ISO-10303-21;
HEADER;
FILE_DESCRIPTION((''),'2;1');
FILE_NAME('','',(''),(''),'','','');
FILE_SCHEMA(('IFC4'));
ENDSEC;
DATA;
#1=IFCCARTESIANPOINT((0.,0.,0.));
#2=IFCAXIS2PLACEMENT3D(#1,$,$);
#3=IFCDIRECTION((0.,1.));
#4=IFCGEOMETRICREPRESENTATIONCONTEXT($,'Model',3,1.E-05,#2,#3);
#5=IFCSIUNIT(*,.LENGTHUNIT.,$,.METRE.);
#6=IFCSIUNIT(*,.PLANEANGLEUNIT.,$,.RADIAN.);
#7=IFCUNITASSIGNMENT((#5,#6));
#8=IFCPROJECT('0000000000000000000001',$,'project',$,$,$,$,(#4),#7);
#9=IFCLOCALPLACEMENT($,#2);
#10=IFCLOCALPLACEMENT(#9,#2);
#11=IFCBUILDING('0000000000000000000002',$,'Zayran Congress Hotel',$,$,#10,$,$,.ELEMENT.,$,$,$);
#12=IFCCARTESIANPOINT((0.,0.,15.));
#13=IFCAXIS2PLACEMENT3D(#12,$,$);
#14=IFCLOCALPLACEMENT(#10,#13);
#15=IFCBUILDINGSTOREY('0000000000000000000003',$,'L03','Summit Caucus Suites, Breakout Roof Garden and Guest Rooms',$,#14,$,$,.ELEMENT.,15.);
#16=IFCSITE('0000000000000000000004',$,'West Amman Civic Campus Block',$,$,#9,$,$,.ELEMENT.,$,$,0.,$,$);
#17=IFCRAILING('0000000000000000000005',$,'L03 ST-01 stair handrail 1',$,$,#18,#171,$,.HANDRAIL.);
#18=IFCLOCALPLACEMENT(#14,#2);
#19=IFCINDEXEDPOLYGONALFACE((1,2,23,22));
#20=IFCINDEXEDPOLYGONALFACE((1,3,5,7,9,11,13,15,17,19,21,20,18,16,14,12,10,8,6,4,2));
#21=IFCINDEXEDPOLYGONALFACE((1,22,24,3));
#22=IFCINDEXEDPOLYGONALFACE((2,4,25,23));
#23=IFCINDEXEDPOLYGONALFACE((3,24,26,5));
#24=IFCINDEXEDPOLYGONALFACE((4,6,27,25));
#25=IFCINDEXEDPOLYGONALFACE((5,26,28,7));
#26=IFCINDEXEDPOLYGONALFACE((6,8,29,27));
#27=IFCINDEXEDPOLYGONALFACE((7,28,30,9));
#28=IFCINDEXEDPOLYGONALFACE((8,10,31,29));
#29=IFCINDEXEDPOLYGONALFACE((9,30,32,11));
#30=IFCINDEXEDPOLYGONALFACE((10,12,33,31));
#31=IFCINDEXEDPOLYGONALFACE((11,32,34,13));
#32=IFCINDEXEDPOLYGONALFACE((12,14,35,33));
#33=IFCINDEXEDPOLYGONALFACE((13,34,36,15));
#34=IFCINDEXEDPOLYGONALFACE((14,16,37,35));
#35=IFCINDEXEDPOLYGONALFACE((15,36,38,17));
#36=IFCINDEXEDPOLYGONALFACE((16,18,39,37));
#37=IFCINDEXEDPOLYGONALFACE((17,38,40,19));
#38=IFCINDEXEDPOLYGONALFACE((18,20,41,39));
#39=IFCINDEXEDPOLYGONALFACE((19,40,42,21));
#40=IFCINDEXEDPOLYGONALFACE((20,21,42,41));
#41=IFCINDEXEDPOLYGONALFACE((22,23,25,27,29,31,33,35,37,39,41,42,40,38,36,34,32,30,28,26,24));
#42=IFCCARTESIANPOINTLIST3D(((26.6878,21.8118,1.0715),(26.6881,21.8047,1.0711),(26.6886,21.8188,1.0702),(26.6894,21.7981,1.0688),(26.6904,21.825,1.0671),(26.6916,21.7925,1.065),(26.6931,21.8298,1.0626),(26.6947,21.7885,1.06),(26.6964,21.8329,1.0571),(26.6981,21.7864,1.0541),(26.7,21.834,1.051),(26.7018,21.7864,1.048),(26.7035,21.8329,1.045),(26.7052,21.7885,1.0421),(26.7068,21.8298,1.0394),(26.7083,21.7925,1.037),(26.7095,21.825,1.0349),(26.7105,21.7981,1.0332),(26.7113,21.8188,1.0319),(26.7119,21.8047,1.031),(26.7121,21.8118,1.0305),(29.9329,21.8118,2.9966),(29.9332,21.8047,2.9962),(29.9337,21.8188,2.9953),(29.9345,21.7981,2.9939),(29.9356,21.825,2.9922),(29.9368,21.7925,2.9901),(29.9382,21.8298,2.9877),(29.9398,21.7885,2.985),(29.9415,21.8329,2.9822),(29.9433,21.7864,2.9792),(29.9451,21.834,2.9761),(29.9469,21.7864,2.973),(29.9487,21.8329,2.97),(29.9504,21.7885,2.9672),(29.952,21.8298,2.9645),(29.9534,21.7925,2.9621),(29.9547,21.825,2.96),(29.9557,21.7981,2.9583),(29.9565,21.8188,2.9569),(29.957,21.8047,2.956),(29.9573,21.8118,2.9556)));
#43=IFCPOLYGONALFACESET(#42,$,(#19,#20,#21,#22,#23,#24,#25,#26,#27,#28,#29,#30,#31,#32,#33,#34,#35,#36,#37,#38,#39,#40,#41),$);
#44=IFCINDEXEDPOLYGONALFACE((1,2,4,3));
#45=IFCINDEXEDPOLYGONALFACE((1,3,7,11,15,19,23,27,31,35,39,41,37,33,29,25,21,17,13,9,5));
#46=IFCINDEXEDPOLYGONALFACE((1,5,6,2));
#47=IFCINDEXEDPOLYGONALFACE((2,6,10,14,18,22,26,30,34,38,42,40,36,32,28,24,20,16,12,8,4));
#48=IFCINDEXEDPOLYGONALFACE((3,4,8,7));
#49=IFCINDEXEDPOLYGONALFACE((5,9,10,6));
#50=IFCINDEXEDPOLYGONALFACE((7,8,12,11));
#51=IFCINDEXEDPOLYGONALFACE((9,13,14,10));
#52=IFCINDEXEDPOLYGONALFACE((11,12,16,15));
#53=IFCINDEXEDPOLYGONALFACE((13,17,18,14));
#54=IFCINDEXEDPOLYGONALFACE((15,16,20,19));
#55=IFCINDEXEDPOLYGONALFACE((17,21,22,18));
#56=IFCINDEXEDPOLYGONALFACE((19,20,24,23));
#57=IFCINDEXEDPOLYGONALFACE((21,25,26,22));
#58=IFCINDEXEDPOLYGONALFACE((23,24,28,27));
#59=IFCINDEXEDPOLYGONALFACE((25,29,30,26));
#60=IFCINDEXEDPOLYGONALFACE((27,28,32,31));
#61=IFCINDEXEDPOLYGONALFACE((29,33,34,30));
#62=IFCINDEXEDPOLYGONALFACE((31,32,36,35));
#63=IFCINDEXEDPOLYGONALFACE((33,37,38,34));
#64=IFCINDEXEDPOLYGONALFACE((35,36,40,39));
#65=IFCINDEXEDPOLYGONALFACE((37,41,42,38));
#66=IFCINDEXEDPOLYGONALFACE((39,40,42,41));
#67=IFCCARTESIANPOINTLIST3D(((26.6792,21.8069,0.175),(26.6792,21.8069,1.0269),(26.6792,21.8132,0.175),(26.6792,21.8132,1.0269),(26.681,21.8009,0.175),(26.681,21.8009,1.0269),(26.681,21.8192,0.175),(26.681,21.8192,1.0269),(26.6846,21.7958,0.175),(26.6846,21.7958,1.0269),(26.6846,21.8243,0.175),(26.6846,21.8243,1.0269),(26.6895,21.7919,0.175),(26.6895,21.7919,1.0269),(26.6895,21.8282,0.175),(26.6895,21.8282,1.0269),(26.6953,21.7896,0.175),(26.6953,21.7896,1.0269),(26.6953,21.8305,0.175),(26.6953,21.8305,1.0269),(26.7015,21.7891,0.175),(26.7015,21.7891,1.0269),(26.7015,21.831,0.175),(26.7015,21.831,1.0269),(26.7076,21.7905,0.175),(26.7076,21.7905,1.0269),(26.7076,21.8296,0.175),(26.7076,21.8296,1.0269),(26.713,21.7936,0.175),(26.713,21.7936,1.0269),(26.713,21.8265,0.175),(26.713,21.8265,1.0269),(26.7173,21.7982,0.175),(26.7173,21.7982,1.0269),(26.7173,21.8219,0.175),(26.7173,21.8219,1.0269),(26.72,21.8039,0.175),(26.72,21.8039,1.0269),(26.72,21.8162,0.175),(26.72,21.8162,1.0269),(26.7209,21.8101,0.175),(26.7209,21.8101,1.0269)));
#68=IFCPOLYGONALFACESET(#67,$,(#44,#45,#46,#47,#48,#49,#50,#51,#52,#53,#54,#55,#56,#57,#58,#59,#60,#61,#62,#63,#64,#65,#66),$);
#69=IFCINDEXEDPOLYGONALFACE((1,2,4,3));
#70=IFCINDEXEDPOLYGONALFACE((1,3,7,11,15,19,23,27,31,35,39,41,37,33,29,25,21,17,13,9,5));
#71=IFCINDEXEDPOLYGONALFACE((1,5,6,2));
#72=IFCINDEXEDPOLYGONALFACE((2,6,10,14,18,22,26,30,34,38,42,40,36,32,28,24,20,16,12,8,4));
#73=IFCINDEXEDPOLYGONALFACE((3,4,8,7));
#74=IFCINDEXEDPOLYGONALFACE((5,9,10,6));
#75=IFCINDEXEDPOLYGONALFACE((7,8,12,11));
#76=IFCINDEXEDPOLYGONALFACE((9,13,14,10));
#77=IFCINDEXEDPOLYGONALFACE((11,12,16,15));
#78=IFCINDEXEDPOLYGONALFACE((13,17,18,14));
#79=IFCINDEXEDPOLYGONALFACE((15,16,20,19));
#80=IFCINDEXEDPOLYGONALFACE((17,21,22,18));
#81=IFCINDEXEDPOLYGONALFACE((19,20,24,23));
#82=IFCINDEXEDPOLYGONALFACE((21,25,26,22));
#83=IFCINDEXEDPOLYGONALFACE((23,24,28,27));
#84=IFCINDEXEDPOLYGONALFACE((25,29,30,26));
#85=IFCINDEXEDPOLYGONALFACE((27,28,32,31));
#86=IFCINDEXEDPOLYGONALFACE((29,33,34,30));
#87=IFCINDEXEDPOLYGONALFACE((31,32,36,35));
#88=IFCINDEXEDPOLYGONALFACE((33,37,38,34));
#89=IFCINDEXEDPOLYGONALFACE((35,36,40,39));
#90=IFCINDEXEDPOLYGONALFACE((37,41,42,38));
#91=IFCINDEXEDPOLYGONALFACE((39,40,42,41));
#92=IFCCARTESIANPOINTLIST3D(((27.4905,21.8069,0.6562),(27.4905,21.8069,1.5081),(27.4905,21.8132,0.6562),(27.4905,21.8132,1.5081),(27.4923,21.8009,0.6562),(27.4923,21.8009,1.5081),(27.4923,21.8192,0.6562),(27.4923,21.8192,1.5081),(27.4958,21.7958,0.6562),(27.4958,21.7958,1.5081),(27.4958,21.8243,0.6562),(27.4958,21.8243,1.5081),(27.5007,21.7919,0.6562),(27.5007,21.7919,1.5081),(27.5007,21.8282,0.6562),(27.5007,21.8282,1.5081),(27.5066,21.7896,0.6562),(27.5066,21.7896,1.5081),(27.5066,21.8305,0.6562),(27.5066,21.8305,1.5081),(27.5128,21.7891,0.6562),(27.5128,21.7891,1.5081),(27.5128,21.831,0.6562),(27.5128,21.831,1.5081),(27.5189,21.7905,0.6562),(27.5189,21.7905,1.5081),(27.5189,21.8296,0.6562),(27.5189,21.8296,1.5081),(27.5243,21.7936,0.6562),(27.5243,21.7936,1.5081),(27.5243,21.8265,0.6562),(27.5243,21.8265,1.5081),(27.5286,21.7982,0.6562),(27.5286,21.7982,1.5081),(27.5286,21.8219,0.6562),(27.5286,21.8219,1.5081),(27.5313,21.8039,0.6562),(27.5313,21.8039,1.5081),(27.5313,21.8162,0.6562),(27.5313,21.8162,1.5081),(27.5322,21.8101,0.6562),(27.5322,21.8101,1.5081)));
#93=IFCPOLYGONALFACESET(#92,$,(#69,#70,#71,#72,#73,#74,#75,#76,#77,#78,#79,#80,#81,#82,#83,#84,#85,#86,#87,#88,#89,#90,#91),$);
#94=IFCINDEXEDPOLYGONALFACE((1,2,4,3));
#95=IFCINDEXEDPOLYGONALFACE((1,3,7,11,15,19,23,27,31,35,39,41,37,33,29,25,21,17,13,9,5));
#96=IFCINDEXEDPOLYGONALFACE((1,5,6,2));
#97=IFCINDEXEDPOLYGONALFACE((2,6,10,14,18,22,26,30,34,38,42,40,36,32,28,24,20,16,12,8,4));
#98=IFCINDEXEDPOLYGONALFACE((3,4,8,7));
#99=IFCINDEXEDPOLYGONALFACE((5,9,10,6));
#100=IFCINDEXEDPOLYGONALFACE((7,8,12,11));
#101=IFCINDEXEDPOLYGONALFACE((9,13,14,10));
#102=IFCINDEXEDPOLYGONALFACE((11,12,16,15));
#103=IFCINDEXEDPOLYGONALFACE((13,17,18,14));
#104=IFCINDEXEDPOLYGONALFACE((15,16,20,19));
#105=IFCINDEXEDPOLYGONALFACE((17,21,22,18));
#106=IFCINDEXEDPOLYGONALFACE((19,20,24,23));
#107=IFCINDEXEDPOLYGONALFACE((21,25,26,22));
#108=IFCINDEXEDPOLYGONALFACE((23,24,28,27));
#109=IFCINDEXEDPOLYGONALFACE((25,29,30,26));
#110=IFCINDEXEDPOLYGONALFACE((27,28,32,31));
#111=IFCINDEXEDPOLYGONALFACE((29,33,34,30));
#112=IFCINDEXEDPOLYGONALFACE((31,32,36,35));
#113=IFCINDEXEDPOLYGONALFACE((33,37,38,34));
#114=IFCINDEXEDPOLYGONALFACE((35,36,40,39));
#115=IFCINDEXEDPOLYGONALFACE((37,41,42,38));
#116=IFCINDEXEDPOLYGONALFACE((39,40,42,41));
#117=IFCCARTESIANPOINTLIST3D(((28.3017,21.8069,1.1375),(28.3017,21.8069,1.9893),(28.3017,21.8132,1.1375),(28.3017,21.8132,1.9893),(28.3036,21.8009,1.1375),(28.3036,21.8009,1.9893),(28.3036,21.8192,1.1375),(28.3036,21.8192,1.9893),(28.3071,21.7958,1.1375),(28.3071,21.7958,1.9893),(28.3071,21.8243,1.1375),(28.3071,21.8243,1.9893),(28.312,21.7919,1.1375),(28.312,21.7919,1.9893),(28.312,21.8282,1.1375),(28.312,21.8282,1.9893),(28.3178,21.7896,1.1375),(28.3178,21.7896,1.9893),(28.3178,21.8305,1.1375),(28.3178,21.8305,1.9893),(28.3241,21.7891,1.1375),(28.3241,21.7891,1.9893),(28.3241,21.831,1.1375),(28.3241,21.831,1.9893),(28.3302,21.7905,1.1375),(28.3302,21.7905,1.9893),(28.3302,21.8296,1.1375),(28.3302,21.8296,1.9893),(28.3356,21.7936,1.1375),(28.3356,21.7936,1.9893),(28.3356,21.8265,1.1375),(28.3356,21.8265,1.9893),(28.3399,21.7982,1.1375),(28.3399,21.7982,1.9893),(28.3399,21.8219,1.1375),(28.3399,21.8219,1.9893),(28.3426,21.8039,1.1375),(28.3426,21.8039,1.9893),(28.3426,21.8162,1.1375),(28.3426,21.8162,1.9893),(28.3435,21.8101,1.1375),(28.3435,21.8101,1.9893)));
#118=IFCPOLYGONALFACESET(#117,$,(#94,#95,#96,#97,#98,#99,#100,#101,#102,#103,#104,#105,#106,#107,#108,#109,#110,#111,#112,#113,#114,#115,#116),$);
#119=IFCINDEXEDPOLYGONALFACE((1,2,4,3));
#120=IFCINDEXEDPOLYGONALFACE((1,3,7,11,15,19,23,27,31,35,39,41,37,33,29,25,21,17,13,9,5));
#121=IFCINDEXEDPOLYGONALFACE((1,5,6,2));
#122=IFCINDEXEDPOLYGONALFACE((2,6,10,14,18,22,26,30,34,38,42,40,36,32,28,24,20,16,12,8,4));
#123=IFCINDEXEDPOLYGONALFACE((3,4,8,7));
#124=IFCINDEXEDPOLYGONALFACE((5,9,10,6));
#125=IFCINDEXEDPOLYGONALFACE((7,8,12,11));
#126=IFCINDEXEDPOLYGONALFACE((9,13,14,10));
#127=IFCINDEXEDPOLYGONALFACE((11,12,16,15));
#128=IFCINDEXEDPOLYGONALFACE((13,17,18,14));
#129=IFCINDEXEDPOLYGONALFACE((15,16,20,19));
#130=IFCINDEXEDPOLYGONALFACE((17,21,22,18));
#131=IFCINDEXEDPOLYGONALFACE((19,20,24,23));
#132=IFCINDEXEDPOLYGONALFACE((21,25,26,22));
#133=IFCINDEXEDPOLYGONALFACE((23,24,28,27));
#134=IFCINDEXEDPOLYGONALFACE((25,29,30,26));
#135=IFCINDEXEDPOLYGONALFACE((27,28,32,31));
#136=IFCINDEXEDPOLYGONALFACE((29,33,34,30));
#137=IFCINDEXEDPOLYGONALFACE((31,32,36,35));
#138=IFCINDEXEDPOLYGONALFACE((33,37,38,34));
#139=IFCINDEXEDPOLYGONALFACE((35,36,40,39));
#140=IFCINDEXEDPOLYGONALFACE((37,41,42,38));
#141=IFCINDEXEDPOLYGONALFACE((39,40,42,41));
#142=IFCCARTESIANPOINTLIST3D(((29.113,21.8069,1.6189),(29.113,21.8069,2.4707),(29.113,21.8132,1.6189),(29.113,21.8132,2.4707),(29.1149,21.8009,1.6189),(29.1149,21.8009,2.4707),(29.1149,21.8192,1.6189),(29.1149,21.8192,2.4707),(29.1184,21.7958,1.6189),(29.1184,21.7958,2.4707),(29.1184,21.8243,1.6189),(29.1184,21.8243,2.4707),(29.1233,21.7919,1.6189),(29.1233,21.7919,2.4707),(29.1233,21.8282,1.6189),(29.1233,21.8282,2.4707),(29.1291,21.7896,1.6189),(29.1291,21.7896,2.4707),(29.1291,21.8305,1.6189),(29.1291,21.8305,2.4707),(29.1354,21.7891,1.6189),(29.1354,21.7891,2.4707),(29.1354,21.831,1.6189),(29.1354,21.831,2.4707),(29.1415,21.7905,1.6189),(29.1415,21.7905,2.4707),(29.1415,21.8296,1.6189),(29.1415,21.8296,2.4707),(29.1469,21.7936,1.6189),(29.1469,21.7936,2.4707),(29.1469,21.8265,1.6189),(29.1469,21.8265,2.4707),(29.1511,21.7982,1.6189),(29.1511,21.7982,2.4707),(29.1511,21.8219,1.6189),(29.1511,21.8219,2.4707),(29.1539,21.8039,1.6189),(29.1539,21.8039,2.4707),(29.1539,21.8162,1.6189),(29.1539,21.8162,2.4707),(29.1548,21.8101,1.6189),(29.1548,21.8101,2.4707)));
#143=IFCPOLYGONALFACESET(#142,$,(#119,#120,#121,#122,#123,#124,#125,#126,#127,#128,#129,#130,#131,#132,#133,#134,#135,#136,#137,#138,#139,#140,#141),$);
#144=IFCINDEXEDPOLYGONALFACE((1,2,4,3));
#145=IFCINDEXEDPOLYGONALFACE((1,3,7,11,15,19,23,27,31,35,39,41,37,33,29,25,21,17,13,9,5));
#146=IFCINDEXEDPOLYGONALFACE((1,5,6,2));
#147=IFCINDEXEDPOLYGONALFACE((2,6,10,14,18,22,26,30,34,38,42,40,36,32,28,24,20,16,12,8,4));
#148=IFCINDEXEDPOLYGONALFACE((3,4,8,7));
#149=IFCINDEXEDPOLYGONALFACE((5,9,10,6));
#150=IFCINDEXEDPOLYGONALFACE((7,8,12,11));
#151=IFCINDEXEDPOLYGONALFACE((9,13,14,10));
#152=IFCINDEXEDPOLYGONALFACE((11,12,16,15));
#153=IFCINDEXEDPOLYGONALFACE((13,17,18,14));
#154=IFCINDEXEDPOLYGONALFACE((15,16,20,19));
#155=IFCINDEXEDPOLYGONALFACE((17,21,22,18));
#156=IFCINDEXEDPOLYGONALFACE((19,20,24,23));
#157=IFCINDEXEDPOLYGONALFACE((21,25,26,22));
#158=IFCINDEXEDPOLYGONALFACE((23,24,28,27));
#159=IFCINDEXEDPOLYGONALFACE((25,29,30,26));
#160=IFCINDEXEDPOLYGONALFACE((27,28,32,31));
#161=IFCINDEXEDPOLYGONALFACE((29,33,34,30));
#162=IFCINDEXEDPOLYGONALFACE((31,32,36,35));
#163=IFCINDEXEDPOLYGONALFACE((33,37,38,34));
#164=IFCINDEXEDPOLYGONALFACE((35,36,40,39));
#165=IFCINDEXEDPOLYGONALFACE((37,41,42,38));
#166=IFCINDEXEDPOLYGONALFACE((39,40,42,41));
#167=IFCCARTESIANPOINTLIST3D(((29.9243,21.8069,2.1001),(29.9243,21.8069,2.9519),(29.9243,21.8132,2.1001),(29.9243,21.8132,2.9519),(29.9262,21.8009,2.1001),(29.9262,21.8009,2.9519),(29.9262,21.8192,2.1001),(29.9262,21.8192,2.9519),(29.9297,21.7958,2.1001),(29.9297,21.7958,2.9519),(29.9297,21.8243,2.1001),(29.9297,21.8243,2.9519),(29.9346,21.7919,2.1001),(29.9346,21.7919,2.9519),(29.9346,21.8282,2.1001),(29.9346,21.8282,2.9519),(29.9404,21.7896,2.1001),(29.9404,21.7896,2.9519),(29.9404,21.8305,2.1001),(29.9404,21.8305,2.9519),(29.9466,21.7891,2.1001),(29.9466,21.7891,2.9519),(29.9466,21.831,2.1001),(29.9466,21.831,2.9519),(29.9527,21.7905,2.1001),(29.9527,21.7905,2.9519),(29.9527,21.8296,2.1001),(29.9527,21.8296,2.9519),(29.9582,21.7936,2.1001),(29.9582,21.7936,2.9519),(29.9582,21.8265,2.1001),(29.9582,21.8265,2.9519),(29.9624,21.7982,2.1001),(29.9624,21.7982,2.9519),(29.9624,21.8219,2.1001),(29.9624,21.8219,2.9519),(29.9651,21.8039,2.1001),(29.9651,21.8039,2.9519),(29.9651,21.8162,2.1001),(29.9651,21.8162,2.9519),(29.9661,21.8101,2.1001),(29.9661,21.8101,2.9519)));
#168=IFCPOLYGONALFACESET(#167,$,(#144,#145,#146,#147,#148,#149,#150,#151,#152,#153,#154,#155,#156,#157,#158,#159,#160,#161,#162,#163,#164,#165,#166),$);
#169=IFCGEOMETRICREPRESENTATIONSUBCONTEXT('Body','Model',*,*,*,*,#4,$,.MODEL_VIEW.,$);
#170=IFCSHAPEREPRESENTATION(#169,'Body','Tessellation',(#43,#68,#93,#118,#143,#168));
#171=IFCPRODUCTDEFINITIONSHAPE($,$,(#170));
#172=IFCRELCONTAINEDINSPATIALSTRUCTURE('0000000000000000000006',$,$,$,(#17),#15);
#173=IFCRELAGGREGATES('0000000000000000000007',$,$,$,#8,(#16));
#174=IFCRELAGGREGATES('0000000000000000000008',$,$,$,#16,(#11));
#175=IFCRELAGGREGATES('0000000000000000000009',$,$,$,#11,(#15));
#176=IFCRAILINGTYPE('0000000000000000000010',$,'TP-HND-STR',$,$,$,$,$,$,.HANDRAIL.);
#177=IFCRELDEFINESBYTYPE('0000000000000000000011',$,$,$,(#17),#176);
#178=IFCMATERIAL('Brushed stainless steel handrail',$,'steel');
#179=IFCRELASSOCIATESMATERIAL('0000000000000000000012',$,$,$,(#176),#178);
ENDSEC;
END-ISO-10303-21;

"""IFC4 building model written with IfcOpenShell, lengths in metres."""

from ifc_helpers import new_model, si_unit, direction, frame, origin, origin_2d, place, context, subcontext, project, spatial, circle, extrude, material, type_object, element, save


model = new_model("IFC4")

# Units and contexts
model_context = context("Model", 3, precision=1e-05, world=origin(), true_north=direction((0.0, 1.0)))
body_context = subcontext(model_context, "Body", "Model", "MODEL_VIEW")
ifc_project = project(units=[si_unit("LENGTHUNIT", "METRE"), si_unit("PLANEANGLEUNIT", "RADIAN")], contexts=[model_context])

# Site, building, storey
site_placement = place(None, origin())
site = spatial("IfcSite", under=ifc_project, at=site_placement, Name="West Amman Civic Campus Block", CompositionType="ELEMENT", RefElevation=0.0)
building_placement = place(site_placement, origin())
building = spatial("IfcBuilding", under=site, at=building_placement, Name="Zayran Congress Hotel", CompositionType="ELEMENT")
storey_placement = place(building_placement, frame((0.0, 0.0, 15.0)))
storey = spatial("IfcBuildingStorey", under=building, at=storey_placement, Name="L03", Description="Summit Caucus Suites, Breakout Roof Garden and Guest Rooms", CompositionType="ELEMENT", Elevation=15.0)

# Railing
ifc_material_1 = material(Name="Brushed stainless steel handrail", Category="steel")
railing_type_1 = type_object("IfcRailingType", Name="TP-HND-STR", PredefinedType="HANDRAIL", material=ifc_material_1)
railing_1_placement = place(storey_placement, frame((26.7, 21.8101, 0.175)))
element("IfcRailing", 1, at=railing_1_placement, inside=storey, type_object=railing_type_1, Name="L03 ST-01 stair handrail 1", PredefinedType="HANDRAIL", context=body_context, shape_type="SweptSolid", body=[
    extrude(circle(Radius=0.0239, at=origin_2d()), frame((0.0, 0.0, 0.876), z_axis=(0.860057, 0.0, 0.510198), x_axis=(0.0, 1.0, 0.0)), (0.0, 0.0, 1.0), 3.7732),
    extrude(circle(Radius=0.021, at=origin_2d()), origin(), (0.0, 0.0, 1.0), 0.8518),
    extrude(circle(Radius=0.021, at=origin_2d()), frame((0.8113, 0.0, 0.4812)), (0.0, 0.0, 1.0), 0.8518),
    extrude(circle(Radius=0.021, at=origin_2d()), frame((1.6226, 0.0, 0.9624)), (0.0, 0.0, 1.0), 0.8518),
    extrude(circle(Radius=0.021, at=origin_2d()), frame((2.4338, 0.0, 1.4438)), (0.0, 0.0, 1.0), 0.8518),
    extrude(circle(Radius=0.021, at=origin_2d()), frame((3.2451, 0.0, 1.925)), (0.0, 0.0, 1.0), 0.8518),
])

save(model, "model.ifc")
